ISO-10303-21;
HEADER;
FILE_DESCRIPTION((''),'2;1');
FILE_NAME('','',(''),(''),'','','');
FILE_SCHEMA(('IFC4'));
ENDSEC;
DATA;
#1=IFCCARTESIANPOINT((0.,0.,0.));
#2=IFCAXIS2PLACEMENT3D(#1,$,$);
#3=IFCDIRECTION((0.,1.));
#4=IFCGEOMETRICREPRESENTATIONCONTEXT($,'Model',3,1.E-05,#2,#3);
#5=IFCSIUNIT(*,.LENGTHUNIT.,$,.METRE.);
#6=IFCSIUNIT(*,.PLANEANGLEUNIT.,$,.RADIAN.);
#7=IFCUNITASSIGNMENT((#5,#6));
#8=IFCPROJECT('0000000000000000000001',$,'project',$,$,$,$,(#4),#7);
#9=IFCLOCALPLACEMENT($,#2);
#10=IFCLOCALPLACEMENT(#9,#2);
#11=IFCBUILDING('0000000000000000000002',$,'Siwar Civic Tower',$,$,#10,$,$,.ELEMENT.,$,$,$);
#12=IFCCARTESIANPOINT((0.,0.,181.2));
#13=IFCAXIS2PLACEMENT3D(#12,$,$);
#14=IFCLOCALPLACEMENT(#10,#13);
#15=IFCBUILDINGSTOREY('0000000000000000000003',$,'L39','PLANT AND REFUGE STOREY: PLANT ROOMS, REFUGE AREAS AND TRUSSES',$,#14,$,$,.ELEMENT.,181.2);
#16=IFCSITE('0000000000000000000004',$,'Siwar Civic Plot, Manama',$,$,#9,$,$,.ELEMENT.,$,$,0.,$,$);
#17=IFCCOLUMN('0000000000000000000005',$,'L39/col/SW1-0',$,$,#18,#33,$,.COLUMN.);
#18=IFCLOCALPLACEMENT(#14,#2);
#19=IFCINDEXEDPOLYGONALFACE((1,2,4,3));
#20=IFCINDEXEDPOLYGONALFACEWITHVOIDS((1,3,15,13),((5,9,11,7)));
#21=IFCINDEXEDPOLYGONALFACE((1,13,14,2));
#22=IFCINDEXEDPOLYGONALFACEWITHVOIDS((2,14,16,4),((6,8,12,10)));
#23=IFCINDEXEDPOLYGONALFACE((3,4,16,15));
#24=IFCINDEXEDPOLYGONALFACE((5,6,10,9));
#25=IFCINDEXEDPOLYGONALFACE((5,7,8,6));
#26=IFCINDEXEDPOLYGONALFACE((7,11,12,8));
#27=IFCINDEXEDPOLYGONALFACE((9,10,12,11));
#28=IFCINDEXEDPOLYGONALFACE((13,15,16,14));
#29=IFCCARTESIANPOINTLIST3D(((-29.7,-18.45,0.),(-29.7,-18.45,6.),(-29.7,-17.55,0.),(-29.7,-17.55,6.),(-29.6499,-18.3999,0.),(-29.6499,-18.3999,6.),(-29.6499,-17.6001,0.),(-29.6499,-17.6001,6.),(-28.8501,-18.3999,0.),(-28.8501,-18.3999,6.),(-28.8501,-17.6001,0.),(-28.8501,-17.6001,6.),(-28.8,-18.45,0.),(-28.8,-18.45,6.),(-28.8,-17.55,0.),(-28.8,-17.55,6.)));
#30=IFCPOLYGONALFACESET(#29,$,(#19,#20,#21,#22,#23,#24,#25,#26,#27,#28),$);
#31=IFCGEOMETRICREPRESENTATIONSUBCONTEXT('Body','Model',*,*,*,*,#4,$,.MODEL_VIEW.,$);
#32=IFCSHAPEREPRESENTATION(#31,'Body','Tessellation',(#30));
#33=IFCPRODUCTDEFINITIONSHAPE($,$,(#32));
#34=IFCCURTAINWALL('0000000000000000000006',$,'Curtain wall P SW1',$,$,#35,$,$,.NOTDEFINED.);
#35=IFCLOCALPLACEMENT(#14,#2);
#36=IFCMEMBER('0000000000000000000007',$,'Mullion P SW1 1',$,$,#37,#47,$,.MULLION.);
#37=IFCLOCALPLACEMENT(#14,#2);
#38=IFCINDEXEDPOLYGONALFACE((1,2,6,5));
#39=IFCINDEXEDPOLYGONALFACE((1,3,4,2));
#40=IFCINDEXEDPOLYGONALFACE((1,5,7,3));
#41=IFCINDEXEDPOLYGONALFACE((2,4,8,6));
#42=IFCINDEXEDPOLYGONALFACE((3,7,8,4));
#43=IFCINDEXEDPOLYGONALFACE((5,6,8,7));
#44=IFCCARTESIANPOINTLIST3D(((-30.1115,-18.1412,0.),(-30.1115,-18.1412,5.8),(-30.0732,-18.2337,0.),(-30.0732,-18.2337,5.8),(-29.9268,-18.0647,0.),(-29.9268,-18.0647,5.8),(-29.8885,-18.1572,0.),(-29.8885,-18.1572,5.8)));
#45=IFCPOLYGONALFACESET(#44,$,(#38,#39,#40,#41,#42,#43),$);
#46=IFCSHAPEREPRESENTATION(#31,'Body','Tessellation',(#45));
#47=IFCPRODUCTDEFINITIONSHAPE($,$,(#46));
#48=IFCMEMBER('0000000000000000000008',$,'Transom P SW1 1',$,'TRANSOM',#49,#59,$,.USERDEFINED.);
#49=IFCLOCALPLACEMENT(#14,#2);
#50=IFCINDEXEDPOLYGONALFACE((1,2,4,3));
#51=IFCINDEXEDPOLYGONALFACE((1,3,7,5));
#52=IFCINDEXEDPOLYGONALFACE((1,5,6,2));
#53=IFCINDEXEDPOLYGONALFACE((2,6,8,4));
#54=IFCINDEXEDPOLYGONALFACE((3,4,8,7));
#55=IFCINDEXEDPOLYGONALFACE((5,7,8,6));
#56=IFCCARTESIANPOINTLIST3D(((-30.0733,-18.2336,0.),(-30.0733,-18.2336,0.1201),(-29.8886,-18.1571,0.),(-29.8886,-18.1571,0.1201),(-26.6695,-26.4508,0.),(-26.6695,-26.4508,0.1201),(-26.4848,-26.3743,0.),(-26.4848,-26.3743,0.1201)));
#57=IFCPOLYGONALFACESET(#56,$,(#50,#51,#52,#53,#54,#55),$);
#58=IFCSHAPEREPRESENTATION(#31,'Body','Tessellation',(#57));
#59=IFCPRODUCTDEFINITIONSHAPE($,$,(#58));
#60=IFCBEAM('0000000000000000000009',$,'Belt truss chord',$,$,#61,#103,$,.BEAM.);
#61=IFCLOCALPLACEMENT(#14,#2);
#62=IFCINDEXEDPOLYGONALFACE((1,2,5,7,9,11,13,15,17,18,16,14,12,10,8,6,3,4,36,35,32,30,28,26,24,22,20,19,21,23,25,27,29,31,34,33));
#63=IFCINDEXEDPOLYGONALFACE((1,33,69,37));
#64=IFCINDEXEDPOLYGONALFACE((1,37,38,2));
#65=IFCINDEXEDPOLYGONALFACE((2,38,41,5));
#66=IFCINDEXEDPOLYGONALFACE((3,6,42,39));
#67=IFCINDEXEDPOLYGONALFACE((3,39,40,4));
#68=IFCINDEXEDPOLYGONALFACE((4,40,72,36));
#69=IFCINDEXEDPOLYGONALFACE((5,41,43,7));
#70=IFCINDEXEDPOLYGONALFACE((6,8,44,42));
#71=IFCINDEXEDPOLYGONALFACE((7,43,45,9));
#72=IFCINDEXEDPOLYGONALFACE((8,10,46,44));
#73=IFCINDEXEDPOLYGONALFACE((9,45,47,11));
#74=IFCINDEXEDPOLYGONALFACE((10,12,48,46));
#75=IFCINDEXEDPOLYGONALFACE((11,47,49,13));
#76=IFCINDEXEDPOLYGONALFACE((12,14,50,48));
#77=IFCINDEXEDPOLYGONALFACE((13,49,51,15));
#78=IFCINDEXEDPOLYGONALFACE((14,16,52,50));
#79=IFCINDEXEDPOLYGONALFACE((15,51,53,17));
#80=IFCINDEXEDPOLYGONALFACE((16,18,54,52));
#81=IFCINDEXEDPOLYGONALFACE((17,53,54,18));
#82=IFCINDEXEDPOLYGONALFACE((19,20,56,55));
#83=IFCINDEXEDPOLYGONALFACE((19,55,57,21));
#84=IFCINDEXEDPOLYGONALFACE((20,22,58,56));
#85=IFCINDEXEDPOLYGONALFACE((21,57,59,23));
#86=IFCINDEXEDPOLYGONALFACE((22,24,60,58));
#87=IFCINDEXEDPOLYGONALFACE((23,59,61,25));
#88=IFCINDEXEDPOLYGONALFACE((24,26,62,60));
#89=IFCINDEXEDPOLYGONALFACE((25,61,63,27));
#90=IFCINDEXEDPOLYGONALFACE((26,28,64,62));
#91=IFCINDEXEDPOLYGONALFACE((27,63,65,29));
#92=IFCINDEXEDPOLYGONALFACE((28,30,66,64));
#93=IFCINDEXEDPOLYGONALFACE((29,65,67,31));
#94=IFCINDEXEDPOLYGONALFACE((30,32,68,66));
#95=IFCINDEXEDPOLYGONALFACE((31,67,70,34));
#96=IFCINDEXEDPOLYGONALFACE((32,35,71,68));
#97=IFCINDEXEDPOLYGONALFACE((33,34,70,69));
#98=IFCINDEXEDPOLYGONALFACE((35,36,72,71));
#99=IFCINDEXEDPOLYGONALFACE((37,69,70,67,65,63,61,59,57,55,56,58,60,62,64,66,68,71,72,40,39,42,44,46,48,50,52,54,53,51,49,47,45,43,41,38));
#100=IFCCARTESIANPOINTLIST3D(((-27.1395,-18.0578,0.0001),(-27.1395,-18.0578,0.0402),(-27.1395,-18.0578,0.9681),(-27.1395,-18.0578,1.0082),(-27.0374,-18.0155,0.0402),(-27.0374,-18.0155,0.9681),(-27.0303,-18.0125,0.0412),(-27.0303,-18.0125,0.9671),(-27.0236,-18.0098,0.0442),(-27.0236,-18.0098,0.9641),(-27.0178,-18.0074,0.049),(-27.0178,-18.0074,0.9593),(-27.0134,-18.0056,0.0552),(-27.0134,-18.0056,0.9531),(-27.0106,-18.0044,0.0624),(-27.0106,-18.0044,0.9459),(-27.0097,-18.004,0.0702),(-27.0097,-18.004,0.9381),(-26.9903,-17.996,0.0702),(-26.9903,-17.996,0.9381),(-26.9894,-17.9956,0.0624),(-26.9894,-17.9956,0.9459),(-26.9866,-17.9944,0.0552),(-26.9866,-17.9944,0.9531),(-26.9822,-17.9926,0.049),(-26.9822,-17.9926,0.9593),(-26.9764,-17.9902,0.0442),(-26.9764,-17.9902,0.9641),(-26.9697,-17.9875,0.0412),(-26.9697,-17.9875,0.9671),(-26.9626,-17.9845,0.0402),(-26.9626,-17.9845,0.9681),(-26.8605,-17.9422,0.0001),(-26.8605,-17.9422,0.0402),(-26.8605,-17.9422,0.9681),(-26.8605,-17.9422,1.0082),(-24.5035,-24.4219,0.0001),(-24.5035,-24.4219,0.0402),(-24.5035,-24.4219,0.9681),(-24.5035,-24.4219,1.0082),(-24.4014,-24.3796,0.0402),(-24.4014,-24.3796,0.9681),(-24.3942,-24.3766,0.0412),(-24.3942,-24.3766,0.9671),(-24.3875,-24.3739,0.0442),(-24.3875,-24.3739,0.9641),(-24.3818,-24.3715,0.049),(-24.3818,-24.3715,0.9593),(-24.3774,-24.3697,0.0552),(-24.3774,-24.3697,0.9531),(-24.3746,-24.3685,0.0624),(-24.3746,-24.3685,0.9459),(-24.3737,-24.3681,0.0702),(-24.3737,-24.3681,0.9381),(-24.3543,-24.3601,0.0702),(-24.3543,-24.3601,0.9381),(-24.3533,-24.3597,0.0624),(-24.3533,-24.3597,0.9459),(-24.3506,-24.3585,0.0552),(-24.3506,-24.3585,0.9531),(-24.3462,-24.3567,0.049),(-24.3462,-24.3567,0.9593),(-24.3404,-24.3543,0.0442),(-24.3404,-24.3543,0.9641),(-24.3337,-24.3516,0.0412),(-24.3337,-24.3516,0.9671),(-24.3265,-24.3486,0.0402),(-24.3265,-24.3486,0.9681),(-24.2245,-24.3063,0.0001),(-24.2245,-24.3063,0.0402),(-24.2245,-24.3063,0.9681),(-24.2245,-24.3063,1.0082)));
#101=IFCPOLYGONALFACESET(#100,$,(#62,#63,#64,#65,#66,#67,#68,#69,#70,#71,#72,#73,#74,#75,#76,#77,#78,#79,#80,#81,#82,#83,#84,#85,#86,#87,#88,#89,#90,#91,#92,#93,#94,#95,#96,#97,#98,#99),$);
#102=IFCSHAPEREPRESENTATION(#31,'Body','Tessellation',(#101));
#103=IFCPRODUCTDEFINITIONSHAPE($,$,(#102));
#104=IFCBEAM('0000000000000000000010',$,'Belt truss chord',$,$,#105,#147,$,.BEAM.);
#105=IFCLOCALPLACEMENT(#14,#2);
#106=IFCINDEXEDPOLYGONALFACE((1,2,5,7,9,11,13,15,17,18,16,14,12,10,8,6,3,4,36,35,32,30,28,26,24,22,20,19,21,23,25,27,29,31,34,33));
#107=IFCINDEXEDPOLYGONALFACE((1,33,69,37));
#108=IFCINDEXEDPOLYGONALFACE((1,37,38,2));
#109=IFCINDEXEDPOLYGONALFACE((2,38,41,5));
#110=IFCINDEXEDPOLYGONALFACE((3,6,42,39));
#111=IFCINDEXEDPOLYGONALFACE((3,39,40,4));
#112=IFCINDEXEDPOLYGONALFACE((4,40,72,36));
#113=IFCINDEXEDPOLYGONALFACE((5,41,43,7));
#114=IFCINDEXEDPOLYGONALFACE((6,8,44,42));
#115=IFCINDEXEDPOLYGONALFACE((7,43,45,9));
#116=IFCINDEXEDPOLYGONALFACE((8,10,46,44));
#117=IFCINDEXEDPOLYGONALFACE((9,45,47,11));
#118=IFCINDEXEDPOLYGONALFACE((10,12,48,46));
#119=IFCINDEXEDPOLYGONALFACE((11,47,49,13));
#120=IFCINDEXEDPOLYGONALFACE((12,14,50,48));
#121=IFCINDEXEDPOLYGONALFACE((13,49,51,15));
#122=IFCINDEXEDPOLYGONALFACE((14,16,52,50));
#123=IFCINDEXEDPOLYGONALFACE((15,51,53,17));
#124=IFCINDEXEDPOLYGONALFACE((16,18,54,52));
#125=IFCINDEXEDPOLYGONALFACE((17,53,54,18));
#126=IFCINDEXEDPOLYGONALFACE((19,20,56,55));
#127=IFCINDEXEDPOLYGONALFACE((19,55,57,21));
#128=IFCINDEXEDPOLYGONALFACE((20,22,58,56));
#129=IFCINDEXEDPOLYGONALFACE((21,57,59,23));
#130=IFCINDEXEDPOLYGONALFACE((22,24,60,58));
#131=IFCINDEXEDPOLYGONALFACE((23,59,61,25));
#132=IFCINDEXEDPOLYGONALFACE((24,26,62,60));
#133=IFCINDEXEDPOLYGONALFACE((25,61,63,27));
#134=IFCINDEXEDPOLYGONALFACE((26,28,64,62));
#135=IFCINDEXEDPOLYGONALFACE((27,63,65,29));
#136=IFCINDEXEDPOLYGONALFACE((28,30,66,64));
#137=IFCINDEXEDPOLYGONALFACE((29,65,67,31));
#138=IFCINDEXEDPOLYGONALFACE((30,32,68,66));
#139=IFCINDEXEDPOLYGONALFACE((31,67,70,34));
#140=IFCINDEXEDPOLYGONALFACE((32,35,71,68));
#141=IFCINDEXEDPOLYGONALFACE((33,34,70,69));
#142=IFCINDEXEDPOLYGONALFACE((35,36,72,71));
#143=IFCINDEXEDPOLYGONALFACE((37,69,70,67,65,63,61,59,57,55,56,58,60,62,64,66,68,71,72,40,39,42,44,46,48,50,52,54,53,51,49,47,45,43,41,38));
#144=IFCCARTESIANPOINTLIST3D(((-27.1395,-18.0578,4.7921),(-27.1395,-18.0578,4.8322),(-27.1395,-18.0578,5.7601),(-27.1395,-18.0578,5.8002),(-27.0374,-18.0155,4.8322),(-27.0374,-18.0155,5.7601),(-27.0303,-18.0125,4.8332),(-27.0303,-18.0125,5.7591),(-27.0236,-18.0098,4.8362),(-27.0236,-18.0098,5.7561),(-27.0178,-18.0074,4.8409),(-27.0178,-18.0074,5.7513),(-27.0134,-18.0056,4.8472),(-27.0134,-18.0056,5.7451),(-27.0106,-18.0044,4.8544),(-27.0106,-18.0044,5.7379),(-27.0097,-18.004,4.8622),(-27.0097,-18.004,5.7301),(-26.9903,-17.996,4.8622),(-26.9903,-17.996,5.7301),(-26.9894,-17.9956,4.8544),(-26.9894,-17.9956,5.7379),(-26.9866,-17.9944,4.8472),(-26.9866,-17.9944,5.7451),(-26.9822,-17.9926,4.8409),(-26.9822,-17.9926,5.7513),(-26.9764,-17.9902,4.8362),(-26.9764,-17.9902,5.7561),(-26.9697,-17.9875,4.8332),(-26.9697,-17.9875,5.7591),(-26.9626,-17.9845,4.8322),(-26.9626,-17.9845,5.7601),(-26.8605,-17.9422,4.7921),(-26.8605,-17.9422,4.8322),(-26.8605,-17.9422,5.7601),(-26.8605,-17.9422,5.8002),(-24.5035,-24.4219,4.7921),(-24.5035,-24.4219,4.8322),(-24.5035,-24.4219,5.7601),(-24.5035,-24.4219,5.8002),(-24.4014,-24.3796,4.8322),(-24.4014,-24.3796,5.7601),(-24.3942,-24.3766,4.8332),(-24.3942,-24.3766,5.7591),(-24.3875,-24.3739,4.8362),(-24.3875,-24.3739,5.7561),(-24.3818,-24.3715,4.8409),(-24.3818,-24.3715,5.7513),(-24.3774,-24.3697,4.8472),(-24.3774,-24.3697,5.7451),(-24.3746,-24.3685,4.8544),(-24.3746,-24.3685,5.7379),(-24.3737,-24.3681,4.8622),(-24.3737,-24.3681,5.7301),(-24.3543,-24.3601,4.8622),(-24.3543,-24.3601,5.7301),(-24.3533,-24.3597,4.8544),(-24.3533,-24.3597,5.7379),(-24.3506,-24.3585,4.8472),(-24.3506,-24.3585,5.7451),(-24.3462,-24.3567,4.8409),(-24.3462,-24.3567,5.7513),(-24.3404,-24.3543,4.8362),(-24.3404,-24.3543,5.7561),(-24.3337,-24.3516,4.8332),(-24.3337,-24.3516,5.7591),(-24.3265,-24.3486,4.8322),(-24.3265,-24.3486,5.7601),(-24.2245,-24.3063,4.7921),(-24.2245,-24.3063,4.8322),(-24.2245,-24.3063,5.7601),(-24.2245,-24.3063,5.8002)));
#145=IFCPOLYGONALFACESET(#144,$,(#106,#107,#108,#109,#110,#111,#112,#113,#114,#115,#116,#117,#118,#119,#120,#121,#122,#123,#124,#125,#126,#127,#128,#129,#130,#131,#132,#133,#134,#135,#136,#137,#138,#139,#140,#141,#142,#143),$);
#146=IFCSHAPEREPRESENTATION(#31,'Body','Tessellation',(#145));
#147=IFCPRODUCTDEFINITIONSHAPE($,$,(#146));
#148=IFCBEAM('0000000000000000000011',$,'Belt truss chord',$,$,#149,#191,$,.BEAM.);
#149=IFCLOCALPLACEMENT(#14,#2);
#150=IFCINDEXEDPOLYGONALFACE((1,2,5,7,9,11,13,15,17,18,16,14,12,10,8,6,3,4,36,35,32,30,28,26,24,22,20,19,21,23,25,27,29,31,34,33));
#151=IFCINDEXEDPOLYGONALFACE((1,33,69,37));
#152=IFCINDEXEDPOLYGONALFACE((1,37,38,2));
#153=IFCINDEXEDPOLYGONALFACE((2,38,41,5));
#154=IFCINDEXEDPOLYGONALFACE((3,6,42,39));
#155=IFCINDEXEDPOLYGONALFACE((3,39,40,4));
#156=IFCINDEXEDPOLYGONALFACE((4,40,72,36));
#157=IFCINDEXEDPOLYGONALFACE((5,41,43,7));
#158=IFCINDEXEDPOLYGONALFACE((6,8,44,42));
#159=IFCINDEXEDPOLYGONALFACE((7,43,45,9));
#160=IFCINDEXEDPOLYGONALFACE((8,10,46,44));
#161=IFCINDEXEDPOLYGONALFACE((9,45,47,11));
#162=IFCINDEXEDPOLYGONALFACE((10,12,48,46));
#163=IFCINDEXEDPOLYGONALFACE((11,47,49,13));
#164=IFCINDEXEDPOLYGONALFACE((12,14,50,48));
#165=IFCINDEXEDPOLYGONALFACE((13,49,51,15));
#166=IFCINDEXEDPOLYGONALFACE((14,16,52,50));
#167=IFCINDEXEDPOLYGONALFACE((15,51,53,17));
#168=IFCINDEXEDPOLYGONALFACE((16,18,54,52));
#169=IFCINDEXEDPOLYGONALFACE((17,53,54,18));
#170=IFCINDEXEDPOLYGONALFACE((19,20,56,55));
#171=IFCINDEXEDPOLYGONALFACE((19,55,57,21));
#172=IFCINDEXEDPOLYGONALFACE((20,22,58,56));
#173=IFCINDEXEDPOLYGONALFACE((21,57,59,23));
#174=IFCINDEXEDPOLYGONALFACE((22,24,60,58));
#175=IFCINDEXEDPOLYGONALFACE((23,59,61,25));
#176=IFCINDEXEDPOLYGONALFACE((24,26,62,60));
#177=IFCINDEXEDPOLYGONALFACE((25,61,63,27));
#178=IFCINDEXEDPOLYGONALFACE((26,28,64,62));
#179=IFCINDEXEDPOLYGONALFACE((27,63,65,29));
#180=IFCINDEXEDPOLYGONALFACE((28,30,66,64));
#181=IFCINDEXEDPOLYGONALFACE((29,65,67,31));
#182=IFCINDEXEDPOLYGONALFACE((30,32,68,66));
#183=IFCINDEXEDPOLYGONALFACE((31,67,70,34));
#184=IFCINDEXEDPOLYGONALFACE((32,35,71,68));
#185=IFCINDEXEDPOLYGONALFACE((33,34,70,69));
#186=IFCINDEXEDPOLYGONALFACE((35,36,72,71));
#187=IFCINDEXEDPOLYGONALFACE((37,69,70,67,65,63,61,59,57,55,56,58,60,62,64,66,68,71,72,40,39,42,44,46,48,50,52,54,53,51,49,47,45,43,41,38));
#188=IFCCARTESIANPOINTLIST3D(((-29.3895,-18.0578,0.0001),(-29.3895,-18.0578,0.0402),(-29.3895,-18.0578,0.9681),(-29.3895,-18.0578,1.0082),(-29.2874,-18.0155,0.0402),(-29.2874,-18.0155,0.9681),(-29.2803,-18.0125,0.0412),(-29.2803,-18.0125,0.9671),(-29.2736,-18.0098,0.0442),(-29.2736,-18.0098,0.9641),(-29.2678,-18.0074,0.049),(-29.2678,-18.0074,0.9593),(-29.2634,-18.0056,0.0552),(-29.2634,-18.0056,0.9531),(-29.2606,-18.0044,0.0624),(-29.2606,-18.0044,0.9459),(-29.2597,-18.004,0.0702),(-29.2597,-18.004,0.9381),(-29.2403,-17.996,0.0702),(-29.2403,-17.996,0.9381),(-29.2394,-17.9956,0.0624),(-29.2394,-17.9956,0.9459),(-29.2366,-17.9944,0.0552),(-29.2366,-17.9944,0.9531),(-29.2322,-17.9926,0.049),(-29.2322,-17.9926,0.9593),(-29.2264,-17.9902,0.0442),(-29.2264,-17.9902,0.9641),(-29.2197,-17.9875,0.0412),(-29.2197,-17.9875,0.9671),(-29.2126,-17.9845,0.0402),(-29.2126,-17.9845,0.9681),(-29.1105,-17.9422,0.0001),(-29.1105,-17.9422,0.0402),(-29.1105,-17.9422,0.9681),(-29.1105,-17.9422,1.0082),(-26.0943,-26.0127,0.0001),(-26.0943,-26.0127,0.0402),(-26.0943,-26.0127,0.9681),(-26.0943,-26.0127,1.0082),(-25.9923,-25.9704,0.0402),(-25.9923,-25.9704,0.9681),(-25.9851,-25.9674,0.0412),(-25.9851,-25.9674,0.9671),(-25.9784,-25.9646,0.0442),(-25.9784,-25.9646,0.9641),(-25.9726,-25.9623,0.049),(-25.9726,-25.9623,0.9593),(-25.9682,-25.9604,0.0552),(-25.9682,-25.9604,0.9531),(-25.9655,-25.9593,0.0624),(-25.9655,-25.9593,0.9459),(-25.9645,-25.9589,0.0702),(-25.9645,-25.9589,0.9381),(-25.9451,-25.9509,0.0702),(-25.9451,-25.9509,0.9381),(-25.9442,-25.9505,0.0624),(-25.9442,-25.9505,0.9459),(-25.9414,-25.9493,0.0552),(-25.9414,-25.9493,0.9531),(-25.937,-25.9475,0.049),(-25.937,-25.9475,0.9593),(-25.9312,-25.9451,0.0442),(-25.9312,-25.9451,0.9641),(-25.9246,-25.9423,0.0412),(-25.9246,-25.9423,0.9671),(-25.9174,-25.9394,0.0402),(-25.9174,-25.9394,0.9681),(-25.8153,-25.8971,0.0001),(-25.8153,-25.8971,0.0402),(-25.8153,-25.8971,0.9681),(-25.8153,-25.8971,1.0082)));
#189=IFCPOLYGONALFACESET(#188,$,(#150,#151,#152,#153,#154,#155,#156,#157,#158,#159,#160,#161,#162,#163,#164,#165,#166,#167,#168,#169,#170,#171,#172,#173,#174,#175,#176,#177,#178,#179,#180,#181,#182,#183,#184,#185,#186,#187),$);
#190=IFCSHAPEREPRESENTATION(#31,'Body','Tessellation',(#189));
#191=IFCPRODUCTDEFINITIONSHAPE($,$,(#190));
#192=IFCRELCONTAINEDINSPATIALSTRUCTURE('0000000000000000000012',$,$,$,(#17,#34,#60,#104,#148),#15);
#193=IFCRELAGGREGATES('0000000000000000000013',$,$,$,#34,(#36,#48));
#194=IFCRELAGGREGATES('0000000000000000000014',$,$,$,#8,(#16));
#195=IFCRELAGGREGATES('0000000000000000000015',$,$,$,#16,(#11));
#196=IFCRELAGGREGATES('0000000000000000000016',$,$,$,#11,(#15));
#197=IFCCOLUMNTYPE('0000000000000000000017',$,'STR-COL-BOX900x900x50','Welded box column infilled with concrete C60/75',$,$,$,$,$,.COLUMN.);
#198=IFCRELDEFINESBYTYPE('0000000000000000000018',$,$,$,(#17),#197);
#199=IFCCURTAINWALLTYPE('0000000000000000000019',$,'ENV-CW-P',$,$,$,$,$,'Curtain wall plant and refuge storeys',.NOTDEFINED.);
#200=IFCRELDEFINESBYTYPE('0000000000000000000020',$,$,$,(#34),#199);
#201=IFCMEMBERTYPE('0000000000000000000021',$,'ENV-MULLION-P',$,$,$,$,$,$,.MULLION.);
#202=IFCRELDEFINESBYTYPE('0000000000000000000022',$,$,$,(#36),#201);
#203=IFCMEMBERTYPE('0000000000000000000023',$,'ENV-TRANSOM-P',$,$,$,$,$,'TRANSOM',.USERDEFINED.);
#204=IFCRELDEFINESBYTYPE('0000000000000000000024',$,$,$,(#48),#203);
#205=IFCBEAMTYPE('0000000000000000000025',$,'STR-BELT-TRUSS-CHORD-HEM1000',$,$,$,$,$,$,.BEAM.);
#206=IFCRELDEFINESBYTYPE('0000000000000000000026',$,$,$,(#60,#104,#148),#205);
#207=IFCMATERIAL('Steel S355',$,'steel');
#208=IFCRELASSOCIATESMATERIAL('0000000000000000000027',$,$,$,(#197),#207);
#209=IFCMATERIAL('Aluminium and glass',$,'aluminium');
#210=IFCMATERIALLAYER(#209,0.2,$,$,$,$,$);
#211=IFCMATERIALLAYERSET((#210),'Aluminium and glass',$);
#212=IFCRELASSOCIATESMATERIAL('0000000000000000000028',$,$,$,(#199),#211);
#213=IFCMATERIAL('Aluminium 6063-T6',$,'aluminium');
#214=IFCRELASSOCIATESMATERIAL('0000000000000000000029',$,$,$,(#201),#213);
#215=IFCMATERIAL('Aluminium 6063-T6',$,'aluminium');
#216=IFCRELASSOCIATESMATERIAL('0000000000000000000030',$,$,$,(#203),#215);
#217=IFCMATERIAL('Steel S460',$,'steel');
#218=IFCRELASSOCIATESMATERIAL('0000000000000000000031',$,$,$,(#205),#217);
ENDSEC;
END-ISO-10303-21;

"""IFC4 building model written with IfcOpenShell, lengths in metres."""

from ifc_helpers import new_model, si_unit, direction, frame, origin, origin_2d, place, context, subcontext, project, spatial, rectangle, hollow_rectangle, i_section, extrude, material, layer, layer_set, material_profile, profile_set, type_object, element, aggregate, save


model = new_model("IFC4")

# Units and contexts
model_context = context("Model", 3, precision=1e-05, world=origin(), true_north=direction((0.0, 1.0)))
body_context = subcontext(model_context, "Body", "Model", "MODEL_VIEW")
ifc_project = project(units=[si_unit("LENGTHUNIT", "METRE"), si_unit("PLANEANGLEUNIT", "RADIAN")], contexts=[model_context])

# Site, building, storey
site_placement = place(None, origin())
site = spatial("IfcSite", under=ifc_project, at=site_placement, Name="Siwar Civic Plot, Manama", CompositionType="ELEMENT", RefElevation=0.0)
building_placement = place(site_placement, origin())
building = spatial("IfcBuilding", under=site, at=building_placement, Name="Siwar Civic Tower", CompositionType="ELEMENT")
storey_placement = place(building_placement, frame((0.0, 0.0, 181.2)))
storey = spatial("IfcBuildingStorey", under=building, at=storey_placement, Name="L39", Description="PLANT AND REFUGE STOREY: PLANT ROOMS, REFUGE AREAS AND TRUSSES", CompositionType="ELEMENT", Elevation=181.2)

# Column
ifc_material_1 = material(Name="Steel S355", Category="steel")
ifc_material_profile_1 = material_profile(ifc_material_1, hollow_rectangle(XDim=0.8999, YDim=0.8999, WallThickness=0.05, at=origin_2d()), Name="BOX900x900x50")
ifc_profile_set_1 = profile_set([ifc_material_profile_1], Name="Steel S355")
column_type = type_object("IfcColumnType", Name="STR-COL-BOX900x900x50", Description="Welded box column infilled with concrete C60/75", PredefinedType="COLUMN", material=ifc_profile_set_1)
column_placement = place(storey_placement, frame((-29.25, -18.0, 0.0), z_axis=(0.0, 0.0, 1.0), x_axis=(1.0, 0.0, 0.0)))
element("IfcColumn", 1, at=column_placement, inside=storey, type_object=column_type, Name="L39/col/SW1-0", PredefinedType="COLUMN", context=body_context, shape_type="SweptSolid", body=[
    extrude(hollow_rectangle(XDim=0.8999, YDim=0.8999, WallThickness=0.05, at=origin_2d()), origin(), (0.0, 0.0, 1.0), 6.0),
])

# Curtain wall, members
ifc_material_2 = material(Name="Aluminium and glass", Category="aluminium")
ifc_layer_1 = layer(ifc_material_2, 0.2)
ifc_layer_set_1 = layer_set([ifc_layer_1], Name="Aluminium and glass")
curtain_wall_type = type_object("IfcCurtainWallType", Name="ENV-CW-P", ElementType="Curtain wall plant and refuge storeys", PredefinedType="NOTDEFINED", material=ifc_layer_set_1)
curtain_wall_1_placement = place(storey_placement, origin())
curtain_wall_1 = element("IfcCurtainWall", 2, at=curtain_wall_1_placement, inside=storey, type_object=curtain_wall_type, Name="Curtain wall P SW1", PredefinedType="NOTDEFINED")
ifc_material_3 = material(Name="Aluminium 6063-T6", Category="aluminium")
ifc_material_profile_2 = material_profile(ifc_material_3, rectangle(XDim=0.2, YDim=0.1001, at=origin_2d()), Name="AL 200x100")
ifc_profile_set_2 = profile_set([ifc_material_profile_2], Name="Aluminium 6063-T6")
member_type_1 = type_object("IfcMemberType", Name="ENV-MULLION-P", PredefinedType="MULLION", material=ifc_profile_set_2)
member_1_placement = place(storey_placement, frame((-30.0, -18.1492, 0.0), z_axis=(0.0, 0.0, 1.0), x_axis=(0.92388, 0.382683, 0.0)))
member_1 = element("IfcMember", 3, at=member_1_placement, type_object=member_type_1, Name="Mullion P SW1 1", PredefinedType="MULLION", context=body_context, shape_type="SweptSolid", body=[
    extrude(rectangle(XDim=0.2, YDim=0.1001, at=origin_2d()), origin(), (0.0, 0.0, 1.0), 5.8),
])
ifc_material_4 = material(Name="Aluminium 6063-T6", Category="aluminium")
ifc_material_profile_3 = material_profile(ifc_material_4, rectangle(XDim=0.2, YDim=0.1201, at=origin_2d()), Name="AL 200x120")
ifc_profile_set_3 = profile_set([ifc_material_profile_3], Name="Aluminium 6063-T6")
member_type_2 = type_object("IfcMemberType", Name="ENV-TRANSOM-P", ElementType="TRANSOM", PredefinedType="USERDEFINED", material=ifc_profile_set_3)
member_2_placement = place(storey_placement, frame((-29.981, -18.1953, 0.0601), z_axis=(0.382693, -0.923876, 0.0), x_axis=(0.923876, 0.382693, 0.0)))
member_2 = element("IfcMember", 4, at=member_2_placement, type_object=member_type_2, Name="Transom P SW1 1", ObjectType="TRANSOM", PredefinedType="USERDEFINED", context=body_context, shape_type="SweptSolid", body=[
    extrude(rectangle(XDim=0.2, YDim=0.1201, at=origin_2d()), origin(), (0.0, 0.0, 1.0), 8.8943),
])
aggregate(curtain_wall_1, [member_1, member_2])

# Beams
ifc_material_5 = material(Name="Steel S460", Category="steel")
ifc_material_profile_4 = material_profile(ifc_material_5, i_section(OverallWidth=0.302, OverallDepth=1.0081, WebThickness=0.021, FlangeThickness=0.04, FilletRadius=0.03, at=origin_2d()), Name="HEM1000")
ifc_profile_set_4 = profile_set([ifc_material_profile_4], Name="Steel S460")
beam_type_1 = type_object("IfcBeamType", Name="STR-BELT-TRUSS-CHORD-HEM1000", PredefinedType="BEAM", material=ifc_profile_set_4)
for number, where, z_axis, x_axis, name in (
    (5, (-27.0, -18.0, 0.5042), (0.382674, -0.923883, 0.0), (0.923883, 0.382674, 0.0), "Belt truss chord"),
    (6, (-27.0, -18.0, 5.2961), (0.382674, -0.923883, 0.0), (0.923883, 0.382674, 0.0), "Belt truss chord"),
):
    element("IfcBeam", number, at=place(storey_placement, frame(where, z_axis=z_axis, x_axis=x_axis)), inside=storey, type_object=beam_type_1, Name=name, PredefinedType="BEAM", context=body_context, shape_type="SweptSolid", body=[
        extrude(i_section(OverallWidth=0.302, OverallDepth=1.0081, WebThickness=0.021, FlangeThickness=0.04, FilletRadius=0.03, at=origin_2d()), origin(), (0.0, 0.0, 1.0), 6.8884),
    ])
for number, where, z_axis, x_axis, name in (
    (7, (-29.25, -18.0, 0.5042), (0.3827, -0.923873, 0.0), (0.923873, 0.3827, 0.0), "Belt truss chord"),
):
    element("IfcBeam", number, at=place(storey_placement, frame(where, z_axis=z_axis, x_axis=x_axis)), inside=storey, type_object=beam_type_1, Name=name, PredefinedType="BEAM", context=body_context, shape_type="SweptSolid", body=[
        extrude(i_section(OverallWidth=0.302, OverallDepth=1.0081, WebThickness=0.021, FlangeThickness=0.04, FilletRadius=0.03, at=origin_2d()), origin(), (0.0, 0.0, 1.0), 8.6104),
    ])

save(model, "model.ifc")
